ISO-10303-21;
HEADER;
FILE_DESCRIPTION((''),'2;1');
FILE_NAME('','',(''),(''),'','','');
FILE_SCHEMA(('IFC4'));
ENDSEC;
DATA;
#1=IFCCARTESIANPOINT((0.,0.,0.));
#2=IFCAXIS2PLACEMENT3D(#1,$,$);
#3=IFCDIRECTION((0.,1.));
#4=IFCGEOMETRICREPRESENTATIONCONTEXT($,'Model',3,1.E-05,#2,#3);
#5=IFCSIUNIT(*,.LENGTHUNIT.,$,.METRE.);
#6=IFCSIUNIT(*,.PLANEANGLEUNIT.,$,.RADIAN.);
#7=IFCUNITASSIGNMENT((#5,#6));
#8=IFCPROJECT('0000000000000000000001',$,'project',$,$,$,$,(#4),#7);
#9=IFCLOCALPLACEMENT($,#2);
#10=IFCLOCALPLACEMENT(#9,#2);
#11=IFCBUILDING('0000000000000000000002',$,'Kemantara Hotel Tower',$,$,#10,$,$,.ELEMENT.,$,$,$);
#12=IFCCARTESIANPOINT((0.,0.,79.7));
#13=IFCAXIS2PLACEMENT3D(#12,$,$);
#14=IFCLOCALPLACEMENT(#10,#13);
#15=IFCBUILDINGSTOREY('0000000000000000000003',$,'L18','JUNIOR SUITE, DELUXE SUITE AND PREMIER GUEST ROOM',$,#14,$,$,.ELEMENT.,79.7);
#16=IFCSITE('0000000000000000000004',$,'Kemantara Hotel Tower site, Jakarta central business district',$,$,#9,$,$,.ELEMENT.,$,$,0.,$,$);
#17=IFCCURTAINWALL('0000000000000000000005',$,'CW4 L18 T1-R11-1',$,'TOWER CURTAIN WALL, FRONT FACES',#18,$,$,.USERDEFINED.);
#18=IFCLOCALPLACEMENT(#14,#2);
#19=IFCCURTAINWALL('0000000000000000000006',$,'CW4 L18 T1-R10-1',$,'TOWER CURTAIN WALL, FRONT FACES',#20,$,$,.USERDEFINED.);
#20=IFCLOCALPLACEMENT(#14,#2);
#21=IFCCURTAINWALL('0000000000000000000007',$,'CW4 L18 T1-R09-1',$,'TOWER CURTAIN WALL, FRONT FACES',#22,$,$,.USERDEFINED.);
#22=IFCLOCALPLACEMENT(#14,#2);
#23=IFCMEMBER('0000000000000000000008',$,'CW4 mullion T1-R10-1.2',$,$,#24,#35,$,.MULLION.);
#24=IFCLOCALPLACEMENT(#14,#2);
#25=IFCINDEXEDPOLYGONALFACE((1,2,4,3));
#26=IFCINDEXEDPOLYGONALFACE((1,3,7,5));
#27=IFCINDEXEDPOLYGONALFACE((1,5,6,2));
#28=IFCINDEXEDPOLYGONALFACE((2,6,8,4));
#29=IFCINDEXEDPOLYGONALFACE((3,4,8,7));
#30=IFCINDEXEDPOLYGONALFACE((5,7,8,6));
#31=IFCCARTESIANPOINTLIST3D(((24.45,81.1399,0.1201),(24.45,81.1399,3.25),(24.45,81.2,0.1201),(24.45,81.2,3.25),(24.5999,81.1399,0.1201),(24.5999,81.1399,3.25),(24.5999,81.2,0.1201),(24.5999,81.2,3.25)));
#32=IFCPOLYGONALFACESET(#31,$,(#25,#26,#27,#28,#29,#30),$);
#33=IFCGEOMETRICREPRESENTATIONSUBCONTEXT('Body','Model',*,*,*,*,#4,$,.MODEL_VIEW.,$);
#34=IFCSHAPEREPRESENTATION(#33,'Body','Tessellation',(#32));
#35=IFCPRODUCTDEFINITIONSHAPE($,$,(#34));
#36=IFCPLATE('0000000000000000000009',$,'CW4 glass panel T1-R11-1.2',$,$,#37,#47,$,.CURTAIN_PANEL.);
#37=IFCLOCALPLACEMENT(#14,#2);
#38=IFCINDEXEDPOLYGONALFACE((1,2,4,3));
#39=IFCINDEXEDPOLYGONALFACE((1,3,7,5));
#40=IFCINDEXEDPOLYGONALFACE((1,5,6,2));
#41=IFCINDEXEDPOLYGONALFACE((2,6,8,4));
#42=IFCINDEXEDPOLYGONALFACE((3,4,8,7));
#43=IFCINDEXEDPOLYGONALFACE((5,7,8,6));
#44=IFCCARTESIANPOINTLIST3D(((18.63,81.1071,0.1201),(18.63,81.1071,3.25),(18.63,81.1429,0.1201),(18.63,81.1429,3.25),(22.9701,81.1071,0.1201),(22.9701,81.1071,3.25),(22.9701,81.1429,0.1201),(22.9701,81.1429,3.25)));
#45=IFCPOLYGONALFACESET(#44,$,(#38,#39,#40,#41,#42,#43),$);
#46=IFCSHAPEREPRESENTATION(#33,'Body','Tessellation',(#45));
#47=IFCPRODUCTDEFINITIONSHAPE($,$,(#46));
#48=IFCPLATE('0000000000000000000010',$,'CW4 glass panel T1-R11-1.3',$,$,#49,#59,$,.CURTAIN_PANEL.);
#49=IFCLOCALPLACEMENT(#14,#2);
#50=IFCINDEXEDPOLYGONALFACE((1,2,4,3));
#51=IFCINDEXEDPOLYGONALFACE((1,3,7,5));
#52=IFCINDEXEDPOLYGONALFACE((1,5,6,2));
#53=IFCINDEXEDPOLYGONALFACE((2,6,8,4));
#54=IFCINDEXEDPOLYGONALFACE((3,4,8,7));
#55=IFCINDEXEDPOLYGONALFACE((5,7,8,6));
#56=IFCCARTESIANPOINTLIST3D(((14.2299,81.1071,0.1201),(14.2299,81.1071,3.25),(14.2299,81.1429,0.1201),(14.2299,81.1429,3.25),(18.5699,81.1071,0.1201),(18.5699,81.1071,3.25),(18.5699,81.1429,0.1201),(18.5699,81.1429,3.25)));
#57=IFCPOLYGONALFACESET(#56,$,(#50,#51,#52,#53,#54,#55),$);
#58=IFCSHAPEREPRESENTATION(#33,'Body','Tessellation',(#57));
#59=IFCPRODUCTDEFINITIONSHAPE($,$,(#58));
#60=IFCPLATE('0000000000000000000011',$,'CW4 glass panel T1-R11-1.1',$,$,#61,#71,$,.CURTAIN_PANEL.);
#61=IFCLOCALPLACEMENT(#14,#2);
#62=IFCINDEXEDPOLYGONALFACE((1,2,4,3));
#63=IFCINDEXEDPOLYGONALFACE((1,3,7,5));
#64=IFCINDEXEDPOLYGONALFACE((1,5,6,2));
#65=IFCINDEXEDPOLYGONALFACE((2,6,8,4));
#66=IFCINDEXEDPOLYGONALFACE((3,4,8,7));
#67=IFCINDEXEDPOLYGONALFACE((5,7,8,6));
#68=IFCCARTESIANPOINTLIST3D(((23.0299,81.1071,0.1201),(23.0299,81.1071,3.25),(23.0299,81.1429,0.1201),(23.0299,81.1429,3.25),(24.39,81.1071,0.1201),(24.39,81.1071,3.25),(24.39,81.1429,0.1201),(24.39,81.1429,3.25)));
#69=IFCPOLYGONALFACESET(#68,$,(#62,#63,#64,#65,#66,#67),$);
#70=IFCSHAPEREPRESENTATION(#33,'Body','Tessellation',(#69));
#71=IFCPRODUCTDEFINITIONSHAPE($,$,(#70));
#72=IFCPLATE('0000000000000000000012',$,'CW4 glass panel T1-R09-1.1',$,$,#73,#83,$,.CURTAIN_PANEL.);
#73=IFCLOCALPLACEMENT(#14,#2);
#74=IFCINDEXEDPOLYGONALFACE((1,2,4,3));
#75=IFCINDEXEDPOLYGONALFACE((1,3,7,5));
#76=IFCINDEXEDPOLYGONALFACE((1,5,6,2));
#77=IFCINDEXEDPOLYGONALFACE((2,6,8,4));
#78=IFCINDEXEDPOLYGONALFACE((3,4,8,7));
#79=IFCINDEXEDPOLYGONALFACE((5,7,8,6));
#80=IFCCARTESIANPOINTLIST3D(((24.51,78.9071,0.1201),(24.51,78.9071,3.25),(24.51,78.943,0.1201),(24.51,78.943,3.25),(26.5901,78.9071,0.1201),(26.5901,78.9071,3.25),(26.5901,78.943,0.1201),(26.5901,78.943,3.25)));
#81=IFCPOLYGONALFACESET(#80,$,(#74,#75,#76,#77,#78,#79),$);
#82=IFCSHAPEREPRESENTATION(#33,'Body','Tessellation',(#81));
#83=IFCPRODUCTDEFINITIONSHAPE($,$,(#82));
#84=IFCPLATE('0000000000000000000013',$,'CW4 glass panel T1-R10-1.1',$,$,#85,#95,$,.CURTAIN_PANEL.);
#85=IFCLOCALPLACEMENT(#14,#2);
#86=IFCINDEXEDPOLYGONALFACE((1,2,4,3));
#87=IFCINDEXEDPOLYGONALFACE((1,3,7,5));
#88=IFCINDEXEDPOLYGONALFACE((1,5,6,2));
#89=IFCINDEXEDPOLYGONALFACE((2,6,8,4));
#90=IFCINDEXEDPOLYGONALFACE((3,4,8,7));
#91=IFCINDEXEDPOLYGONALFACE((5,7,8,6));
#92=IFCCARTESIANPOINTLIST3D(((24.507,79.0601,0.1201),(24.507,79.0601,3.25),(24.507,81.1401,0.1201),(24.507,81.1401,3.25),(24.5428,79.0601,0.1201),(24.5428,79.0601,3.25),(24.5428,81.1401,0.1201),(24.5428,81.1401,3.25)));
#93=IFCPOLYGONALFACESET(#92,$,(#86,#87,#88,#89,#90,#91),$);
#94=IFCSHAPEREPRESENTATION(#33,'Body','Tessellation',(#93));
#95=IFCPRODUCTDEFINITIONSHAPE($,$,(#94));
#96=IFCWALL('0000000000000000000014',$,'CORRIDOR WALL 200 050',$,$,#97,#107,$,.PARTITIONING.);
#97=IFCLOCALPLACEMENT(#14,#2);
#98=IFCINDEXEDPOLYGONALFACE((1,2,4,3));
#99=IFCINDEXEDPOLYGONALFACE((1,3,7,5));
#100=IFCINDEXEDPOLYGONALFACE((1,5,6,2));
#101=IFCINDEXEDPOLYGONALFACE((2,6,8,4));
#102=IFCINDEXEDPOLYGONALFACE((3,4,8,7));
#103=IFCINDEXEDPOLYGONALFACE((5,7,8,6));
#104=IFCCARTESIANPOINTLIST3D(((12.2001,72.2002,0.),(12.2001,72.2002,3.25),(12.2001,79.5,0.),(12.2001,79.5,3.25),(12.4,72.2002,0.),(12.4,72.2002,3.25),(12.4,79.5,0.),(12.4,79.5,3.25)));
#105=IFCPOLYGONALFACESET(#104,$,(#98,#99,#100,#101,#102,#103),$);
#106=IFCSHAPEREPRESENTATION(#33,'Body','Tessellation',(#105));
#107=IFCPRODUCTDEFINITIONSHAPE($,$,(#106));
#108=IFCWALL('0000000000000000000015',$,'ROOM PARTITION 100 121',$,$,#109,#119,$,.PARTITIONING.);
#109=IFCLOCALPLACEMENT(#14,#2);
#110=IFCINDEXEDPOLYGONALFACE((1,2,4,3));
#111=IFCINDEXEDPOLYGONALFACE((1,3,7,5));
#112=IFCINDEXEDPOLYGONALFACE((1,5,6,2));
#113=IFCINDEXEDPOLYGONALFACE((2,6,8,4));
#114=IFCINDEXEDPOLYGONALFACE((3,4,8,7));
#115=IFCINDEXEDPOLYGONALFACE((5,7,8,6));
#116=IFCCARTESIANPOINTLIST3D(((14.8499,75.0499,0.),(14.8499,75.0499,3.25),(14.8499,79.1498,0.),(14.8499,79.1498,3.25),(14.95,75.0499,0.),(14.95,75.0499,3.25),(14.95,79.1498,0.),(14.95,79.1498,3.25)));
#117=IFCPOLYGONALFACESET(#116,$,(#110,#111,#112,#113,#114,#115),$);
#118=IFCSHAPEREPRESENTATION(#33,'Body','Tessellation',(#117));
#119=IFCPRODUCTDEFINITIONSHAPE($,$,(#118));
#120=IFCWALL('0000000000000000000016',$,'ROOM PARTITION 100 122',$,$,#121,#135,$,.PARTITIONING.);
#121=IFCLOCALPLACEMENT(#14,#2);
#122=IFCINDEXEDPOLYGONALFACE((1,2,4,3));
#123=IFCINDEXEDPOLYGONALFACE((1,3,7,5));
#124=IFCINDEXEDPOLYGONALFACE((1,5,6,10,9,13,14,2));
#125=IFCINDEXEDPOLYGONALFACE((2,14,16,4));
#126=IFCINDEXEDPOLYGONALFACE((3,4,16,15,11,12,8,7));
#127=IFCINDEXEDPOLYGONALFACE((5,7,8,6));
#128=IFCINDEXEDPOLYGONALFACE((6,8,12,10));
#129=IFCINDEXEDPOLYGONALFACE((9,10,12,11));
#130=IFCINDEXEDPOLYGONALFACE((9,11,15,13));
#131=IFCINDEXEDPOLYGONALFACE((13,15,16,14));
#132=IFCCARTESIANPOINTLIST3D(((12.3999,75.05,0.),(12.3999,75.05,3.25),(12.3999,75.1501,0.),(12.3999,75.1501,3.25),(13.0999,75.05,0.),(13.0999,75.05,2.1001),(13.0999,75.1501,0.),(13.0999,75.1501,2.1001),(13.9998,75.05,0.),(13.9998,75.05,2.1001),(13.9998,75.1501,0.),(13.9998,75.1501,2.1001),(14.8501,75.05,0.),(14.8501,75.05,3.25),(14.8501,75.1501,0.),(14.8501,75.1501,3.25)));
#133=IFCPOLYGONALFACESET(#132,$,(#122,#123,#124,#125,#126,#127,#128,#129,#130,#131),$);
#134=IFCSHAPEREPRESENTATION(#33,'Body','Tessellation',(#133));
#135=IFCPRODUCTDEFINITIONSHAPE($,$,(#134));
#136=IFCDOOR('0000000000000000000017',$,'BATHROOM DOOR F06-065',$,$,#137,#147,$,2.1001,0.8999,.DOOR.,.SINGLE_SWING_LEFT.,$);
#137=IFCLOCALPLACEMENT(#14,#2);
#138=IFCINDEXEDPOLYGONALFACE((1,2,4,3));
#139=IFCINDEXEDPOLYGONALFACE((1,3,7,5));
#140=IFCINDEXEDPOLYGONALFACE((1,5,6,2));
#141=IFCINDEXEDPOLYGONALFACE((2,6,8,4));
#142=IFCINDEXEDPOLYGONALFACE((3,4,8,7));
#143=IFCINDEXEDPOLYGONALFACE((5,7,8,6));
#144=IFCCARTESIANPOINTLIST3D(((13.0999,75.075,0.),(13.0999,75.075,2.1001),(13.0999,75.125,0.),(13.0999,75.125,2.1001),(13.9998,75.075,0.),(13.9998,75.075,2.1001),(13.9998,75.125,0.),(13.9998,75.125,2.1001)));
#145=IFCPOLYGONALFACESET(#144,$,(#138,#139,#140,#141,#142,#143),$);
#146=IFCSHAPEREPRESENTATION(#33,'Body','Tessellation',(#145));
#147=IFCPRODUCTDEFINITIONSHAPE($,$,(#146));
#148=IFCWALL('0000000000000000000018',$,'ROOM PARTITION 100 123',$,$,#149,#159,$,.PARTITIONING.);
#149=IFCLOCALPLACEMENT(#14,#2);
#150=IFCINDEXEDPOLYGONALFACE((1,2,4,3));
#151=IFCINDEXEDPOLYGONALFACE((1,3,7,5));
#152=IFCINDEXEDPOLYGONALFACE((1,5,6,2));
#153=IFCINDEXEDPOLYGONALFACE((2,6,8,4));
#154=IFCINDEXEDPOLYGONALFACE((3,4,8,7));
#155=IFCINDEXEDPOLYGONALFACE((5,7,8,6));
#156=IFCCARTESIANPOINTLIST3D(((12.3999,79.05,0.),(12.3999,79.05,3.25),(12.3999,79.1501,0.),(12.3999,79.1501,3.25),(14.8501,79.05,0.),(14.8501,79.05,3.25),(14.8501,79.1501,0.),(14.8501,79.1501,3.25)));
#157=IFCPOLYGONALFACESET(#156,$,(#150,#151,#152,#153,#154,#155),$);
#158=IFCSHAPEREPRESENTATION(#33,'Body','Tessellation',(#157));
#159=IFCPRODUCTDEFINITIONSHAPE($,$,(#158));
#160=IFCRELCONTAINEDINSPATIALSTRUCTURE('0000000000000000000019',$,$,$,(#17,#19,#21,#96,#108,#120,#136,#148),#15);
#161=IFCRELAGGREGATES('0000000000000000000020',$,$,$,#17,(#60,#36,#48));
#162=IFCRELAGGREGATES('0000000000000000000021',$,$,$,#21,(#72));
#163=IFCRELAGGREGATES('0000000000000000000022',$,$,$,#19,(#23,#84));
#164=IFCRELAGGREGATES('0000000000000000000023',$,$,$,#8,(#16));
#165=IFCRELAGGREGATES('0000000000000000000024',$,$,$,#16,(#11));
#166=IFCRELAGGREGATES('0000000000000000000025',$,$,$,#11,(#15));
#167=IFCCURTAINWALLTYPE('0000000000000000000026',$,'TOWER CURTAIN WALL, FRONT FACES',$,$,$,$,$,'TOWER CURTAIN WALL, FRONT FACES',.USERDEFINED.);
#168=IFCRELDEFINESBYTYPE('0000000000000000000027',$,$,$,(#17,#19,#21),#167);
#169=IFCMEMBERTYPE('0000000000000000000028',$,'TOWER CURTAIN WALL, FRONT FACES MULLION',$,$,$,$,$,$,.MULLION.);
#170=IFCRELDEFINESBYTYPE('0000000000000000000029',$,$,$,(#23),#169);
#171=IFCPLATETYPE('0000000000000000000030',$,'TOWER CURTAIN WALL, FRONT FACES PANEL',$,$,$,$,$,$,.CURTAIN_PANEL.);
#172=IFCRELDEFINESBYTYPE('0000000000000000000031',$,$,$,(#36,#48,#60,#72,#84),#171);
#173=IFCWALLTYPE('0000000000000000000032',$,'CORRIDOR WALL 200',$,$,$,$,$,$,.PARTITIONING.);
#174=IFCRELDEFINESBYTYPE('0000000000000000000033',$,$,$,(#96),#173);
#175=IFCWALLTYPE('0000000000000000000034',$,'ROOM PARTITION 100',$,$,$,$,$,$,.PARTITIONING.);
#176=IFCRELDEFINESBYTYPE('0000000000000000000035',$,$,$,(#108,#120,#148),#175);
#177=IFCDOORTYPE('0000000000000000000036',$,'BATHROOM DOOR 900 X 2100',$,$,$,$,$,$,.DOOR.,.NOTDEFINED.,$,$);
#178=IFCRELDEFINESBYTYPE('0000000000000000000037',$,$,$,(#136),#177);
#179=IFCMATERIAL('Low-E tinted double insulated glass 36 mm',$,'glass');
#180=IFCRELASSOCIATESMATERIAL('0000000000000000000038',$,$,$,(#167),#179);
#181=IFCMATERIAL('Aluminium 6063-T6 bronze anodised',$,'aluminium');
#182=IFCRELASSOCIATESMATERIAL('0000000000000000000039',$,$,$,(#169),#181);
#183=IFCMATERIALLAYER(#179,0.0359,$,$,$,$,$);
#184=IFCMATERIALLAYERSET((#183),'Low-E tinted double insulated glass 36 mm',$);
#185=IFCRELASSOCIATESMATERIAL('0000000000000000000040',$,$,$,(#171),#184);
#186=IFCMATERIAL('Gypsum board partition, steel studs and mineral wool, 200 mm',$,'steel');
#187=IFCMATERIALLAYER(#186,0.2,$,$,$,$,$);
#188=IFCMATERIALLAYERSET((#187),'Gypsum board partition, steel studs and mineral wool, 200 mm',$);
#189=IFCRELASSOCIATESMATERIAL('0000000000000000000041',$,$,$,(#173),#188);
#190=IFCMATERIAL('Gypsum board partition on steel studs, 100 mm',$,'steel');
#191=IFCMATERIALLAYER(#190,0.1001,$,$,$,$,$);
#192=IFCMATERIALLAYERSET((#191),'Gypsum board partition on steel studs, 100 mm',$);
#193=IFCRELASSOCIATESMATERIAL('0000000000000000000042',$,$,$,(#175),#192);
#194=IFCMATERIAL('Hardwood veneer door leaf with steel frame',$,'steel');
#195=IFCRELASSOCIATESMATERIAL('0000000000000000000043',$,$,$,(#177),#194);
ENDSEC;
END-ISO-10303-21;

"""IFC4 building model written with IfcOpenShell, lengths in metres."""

from ifc_helpers import new_model, si_unit, direction, frame, frame_2d, origin, origin_2d, place, context, subcontext, project, spatial, rectangle, extrude, source, transform, mapped, material, layer, layer_set, material_profile, profile_set, type_object, element, fill, aggregate, save


model = new_model("IFC4")

# Units and contexts
model_context = context("Model", 3, precision=1e-05, world=origin(), true_north=direction((0.0, 1.0)))
body_context = subcontext(model_context, "Body", "Model", "MODEL_VIEW")
ifc_project = project(units=[si_unit("LENGTHUNIT", "METRE"), si_unit("PLANEANGLEUNIT", "RADIAN")], contexts=[model_context])

# Site, building, storey
site_placement = place(None, origin())
site = spatial("IfcSite", under=ifc_project, at=site_placement, Name="Kemantara Hotel Tower site, Jakarta central business district", CompositionType="ELEMENT", RefElevation=0.0)
building_placement = place(site_placement, origin())
building = spatial("IfcBuilding", under=site, at=building_placement, Name="Kemantara Hotel Tower", CompositionType="ELEMENT")
storey_placement = place(building_placement, frame((0.0, 0.0, 79.7)))
storey = spatial("IfcBuildingStorey", under=building, at=storey_placement, Name="L18", Description="JUNIOR SUITE, DELUXE SUITE AND PREMIER GUEST ROOM", CompositionType="ELEMENT", Elevation=79.7)

# Curtain walls
ifc_material_1 = material(Name="Low-E tinted double insulated glass 36 mm", Category="glass")
curtain_wall_type = type_object("IfcCurtainWallType", Name="TOWER CURTAIN WALL, FRONT FACES", ElementType="TOWER CURTAIN WALL, FRONT FACES", PredefinedType="USERDEFINED", material=ifc_material_1)
curtain_wall_1_placement = place(storey_placement, origin())
curtain_wall_1 = element("IfcCurtainWall", 1, at=curtain_wall_1_placement, inside=storey, type_object=curtain_wall_type, Name="CW4 L18 T1-R11-1", ObjectType="TOWER CURTAIN WALL, FRONT FACES", PredefinedType="USERDEFINED")
ifc_material_2 = material(Name="Aluminium 6063-T6 bronze anodised", Category="aluminium")
curtain_wall_2_placement = place(storey_placement, origin())
curtain_wall_2 = element("IfcCurtainWall", 2, at=curtain_wall_2_placement, inside=storey, type_object=curtain_wall_type, Name="CW4 L18 T1-R10-1", ObjectType="TOWER CURTAIN WALL, FRONT FACES", PredefinedType="USERDEFINED")

# Shared definitions
ifc_material_profile_1 = material_profile(ifc_material_2, rectangle(XDim=0.1499, YDim=0.0601, at=origin_2d()), Name="TOWER CURTAIN WALL, FRONT FACES MULLION")
ifc_profile_set_1 = profile_set([ifc_material_profile_1], Name="Aluminium 6063-T6 bronze anodised")
member_type_1 = type_object("IfcMemberType", Name="TOWER CURTAIN WALL, FRONT FACES MULLION", PredefinedType="MULLION", material=ifc_profile_set_1)
shared_shape_1 = source(origin(), body_context, "Body", "SweptSolid", [
    extrude(rectangle(XDim=0.1499, YDim=0.0601, at=origin_2d()), origin(), (0.0, 0.0, 1.0), 3.1299),
])

# Curtain wall
curtain_wall_3_placement = place(storey_placement, origin())
curtain_wall_3 = element("IfcCurtainWall", 3, at=curtain_wall_3_placement, inside=storey, type_object=curtain_wall_type, Name="CW4 L18 T1-R09-1", ObjectType="TOWER CURTAIN WALL, FRONT FACES", PredefinedType="USERDEFINED")

# Member
member_1_placement = place(storey_placement, frame((24.5249, 81.1699, 0.1201), z_axis=(0.0, 0.0, 1.0), x_axis=(-1.0, 0.0, 0.0)))
member_1 = element("IfcMember", 4, at=member_1_placement, type_object=member_type_1, Name="CW4 mullion T1-R10-1.2", PredefinedType="MULLION", context=body_context, shape_type="MappedRepresentation", body=[
    mapped(shared_shape_1, transform((0.0, 0.0, 0.0))),
])

# Plates
ifc_layer_1 = layer(ifc_material_1, 0.0359)
ifc_layer_set_1 = layer_set([ifc_layer_1], Name="Low-E tinted double insulated glass 36 mm")
plate_type = type_object("IfcPlateType", Name="TOWER CURTAIN WALL, FRONT FACES PANEL", PredefinedType="CURTAIN_PANEL", material=ifc_layer_set_1)
shared_shape_2 = source(origin(), body_context, "Body", "SweptSolid", [
    extrude(rectangle(XDim=4.3401, YDim=0.0359, at=origin_2d()), origin(), (0.0, 0.0, 1.0), 3.1299),
])
plate_1_placement = place(storey_placement, frame((20.8, 81.125, 0.1201), z_axis=(0.0, 0.0, 1.0), x_axis=(-1.0, 0.0, 0.0)))
plate_1 = element("IfcPlate", 5, at=plate_1_placement, type_object=plate_type, Name="CW4 glass panel T1-R11-1.2", PredefinedType="CURTAIN_PANEL", context=body_context, shape_type="MappedRepresentation", body=[
    mapped(shared_shape_2, transform((0.0, 0.0, 0.0))),
])
plate_2_placement = place(storey_placement, frame((16.3999, 81.125, 0.1201), z_axis=(0.0, 0.0, 1.0), x_axis=(-1.0, 0.0, 0.0)))
plate_2 = element("IfcPlate", 6, at=plate_2_placement, type_object=plate_type, Name="CW4 glass panel T1-R11-1.3", PredefinedType="CURTAIN_PANEL", context=body_context, shape_type="MappedRepresentation", body=[
    mapped(shared_shape_2, transform((0.0, 0.0, 0.0))),
])
shared_shape_3 = source(origin(), body_context, "Body", "SweptSolid", [
    extrude(rectangle(XDim=1.3601, YDim=0.0359, at=origin_2d()), origin(), (0.0, 0.0, 1.0), 3.1299),
])
plate_3_placement = place(storey_placement, frame((23.71, 81.125, 0.1201), z_axis=(0.0, 0.0, 1.0), x_axis=(-1.0, 0.0, 0.0)))
plate_3 = element("IfcPlate", 7, at=plate_3_placement, type_object=plate_type, Name="CW4 glass panel T1-R11-1.1", PredefinedType="CURTAIN_PANEL", context=body_context, shape_type="MappedRepresentation", body=[
    mapped(shared_shape_3, transform((0.0, 0.0, 0.0))),
])
aggregate(curtain_wall_1, [plate_3, plate_1, plate_2])
shared_shape_4 = source(origin(), body_context, "Body", "SweptSolid", [
    extrude(rectangle(XDim=2.0801, YDim=0.0359, at=origin_2d()), origin(), (0.0, 0.0, 1.0), 3.1299),
])
plate_4_placement = place(storey_placement, frame((25.55, 78.925, 0.1201), z_axis=(0.0, 0.0, 1.0), x_axis=(-1.0, 0.0, 0.0)))
plate_4 = element("IfcPlate", 8, at=plate_4_placement, type_object=plate_type, Name="CW4 glass panel T1-R09-1.1", PredefinedType="CURTAIN_PANEL", context=body_context, shape_type="MappedRepresentation", body=[
    mapped(shared_shape_4, transform((0.0, 0.0, 0.0))),
])
aggregate(curtain_wall_3, [plate_4])
plate_5_placement = place(storey_placement, frame((24.5249, 80.1001, 0.1201), z_axis=(0.0, 0.0, 1.0), x_axis=(0.0, 1.0, 0.0)))
plate_5 = element("IfcPlate", 9, at=plate_5_placement, type_object=plate_type, Name="CW4 glass panel T1-R10-1.1", PredefinedType="CURTAIN_PANEL", context=body_context, shape_type="MappedRepresentation", body=[
    mapped(shared_shape_4, transform((0.0, 0.0, 0.0))),
])
aggregate(curtain_wall_2, [member_1, plate_5])

# Walls
ifc_material_3 = material(Name="Gypsum board partition, steel studs and mineral wool, 200 mm", Category="steel")
ifc_layer_2 = layer(ifc_material_3, 0.2)
ifc_layer_set_2 = layer_set([ifc_layer_2], Name="Gypsum board partition, steel studs and mineral wool, 200 mm")
wall_type_1 = type_object("IfcWallType", Name="CORRIDOR WALL 200", PredefinedType="PARTITIONING", material=ifc_layer_set_2)
wall_1_placement = place(storey_placement, frame((12.3, 72.2002, 0.0), z_axis=(0.0, 0.0, 1.0), x_axis=(0.0, 1.0, 0.0)))
element("IfcWall", 10, at=wall_1_placement, inside=storey, type_object=wall_type_1, Name="CORRIDOR WALL 200 050", PredefinedType="PARTITIONING", context=body_context, shape_type="SweptSolid", body=[
    extrude(rectangle(XDim=7.2998, YDim=0.2, at=frame_2d((3.6499, 0.0))), origin(), (0.0, 0.0, 1.0), 3.25),
])
ifc_material_4 = material(Name="Gypsum board partition on steel studs, 100 mm", Category="steel")
ifc_layer_3 = layer(ifc_material_4, 0.1001)
ifc_layer_set_3 = layer_set([ifc_layer_3], Name="Gypsum board partition on steel studs, 100 mm")
wall_type_2 = type_object("IfcWallType", Name="ROOM PARTITION 100", PredefinedType="PARTITIONING", material=ifc_layer_set_3)
wall_2_placement = place(storey_placement, frame((14.8999, 75.05, 0.0), z_axis=(0.0, 0.0, 1.0), x_axis=(0.0, 1.0, 0.0)))
element("IfcWall", 11, at=wall_2_placement, inside=storey, type_object=wall_type_2, Name="ROOM PARTITION 100 121", PredefinedType="PARTITIONING", context=body_context, shape_type="SweptSolid", body=[
    extrude(rectangle(XDim=4.0999, YDim=0.1001, at=frame_2d((2.0498, 0.0))), origin(), (0.0, 0.0, 1.0), 3.25),
])

# Wall, opening, door
wall_3_placement = place(storey_placement, frame((12.3999, 75.1001, 0.0), z_axis=(0.0, 0.0, 1.0), x_axis=(1.0, 0.0, 0.0)))
wall_3 = element("IfcWall", 12, at=wall_3_placement, inside=storey, type_object=wall_type_2, Name="ROOM PARTITION 100 122", PredefinedType="PARTITIONING", context=body_context, shape_type="SweptSolid", body=[
    extrude(rectangle(XDim=2.4502, YDim=0.1001, at=frame_2d((1.2251, 0.0))), origin(), (0.0, 0.0, 1.0), 3.25),
])
opening_placement = place(wall_3_placement, frame((0.7, 0.0, 0.0)))
opening = element("IfcOpeningElement", 13, at=opening_placement, cuts=wall_3, PredefinedType="OPENING", context=body_context, shape_type="SweptSolid", body=[
    extrude(rectangle(XDim=0.8999, YDim=2.1001, at=frame_2d((0.45, 1.05))), frame((0.0, 0.0601, 0.0), z_axis=(0.0, -1.0, 0.0), x_axis=(1.0, 0.0, 0.0)), (0.0, 0.0, 1.0), 0.1201),
])
ifc_material_5 = material(Name="Hardwood veneer door leaf with steel frame", Category="steel")
door_type = type_object("IfcDoorType", Name="BATHROOM DOOR 900 X 2100", OperationType="NOTDEFINED", PredefinedType="DOOR", material=ifc_material_5)
door_placement = place(opening_placement, origin())
door = element("IfcDoor", 14, at=door_placement, inside=storey, type_object=door_type, Name="BATHROOM DOOR F06-065", OperationType="SINGLE_SWING_LEFT", OverallHeight=2.1001, OverallWidth=0.8999, PredefinedType="DOOR", context=body_context, shape_type="SweptSolid", body=[
    extrude(rectangle(XDim=0.8999, YDim=2.1001, at=frame_2d((0.45, 1.05))), frame((0.0, 0.0249, 0.0), z_axis=(0.0, -1.0, 0.0), x_axis=(1.0, 0.0, 0.0)), (0.0, 0.0, 1.0), 0.05),
])
fill(opening, door)

# Wall
wall_4_placement = place(storey_placement, frame((12.3999, 79.1001, 0.0), z_axis=(0.0, 0.0, 1.0), x_axis=(1.0, 0.0, 0.0)))
element("IfcWall", 15, at=wall_4_placement, inside=storey, type_object=wall_type_2, Name="ROOM PARTITION 100 123", PredefinedType="PARTITIONING", context=body_context, shape_type="SweptSolid", body=[
    extrude(rectangle(XDim=2.4502, YDim=0.1001, at=frame_2d((1.2251, 0.0))), origin(), (0.0, 0.0, 1.0), 3.25),
])

save(model, "model.ifc")
